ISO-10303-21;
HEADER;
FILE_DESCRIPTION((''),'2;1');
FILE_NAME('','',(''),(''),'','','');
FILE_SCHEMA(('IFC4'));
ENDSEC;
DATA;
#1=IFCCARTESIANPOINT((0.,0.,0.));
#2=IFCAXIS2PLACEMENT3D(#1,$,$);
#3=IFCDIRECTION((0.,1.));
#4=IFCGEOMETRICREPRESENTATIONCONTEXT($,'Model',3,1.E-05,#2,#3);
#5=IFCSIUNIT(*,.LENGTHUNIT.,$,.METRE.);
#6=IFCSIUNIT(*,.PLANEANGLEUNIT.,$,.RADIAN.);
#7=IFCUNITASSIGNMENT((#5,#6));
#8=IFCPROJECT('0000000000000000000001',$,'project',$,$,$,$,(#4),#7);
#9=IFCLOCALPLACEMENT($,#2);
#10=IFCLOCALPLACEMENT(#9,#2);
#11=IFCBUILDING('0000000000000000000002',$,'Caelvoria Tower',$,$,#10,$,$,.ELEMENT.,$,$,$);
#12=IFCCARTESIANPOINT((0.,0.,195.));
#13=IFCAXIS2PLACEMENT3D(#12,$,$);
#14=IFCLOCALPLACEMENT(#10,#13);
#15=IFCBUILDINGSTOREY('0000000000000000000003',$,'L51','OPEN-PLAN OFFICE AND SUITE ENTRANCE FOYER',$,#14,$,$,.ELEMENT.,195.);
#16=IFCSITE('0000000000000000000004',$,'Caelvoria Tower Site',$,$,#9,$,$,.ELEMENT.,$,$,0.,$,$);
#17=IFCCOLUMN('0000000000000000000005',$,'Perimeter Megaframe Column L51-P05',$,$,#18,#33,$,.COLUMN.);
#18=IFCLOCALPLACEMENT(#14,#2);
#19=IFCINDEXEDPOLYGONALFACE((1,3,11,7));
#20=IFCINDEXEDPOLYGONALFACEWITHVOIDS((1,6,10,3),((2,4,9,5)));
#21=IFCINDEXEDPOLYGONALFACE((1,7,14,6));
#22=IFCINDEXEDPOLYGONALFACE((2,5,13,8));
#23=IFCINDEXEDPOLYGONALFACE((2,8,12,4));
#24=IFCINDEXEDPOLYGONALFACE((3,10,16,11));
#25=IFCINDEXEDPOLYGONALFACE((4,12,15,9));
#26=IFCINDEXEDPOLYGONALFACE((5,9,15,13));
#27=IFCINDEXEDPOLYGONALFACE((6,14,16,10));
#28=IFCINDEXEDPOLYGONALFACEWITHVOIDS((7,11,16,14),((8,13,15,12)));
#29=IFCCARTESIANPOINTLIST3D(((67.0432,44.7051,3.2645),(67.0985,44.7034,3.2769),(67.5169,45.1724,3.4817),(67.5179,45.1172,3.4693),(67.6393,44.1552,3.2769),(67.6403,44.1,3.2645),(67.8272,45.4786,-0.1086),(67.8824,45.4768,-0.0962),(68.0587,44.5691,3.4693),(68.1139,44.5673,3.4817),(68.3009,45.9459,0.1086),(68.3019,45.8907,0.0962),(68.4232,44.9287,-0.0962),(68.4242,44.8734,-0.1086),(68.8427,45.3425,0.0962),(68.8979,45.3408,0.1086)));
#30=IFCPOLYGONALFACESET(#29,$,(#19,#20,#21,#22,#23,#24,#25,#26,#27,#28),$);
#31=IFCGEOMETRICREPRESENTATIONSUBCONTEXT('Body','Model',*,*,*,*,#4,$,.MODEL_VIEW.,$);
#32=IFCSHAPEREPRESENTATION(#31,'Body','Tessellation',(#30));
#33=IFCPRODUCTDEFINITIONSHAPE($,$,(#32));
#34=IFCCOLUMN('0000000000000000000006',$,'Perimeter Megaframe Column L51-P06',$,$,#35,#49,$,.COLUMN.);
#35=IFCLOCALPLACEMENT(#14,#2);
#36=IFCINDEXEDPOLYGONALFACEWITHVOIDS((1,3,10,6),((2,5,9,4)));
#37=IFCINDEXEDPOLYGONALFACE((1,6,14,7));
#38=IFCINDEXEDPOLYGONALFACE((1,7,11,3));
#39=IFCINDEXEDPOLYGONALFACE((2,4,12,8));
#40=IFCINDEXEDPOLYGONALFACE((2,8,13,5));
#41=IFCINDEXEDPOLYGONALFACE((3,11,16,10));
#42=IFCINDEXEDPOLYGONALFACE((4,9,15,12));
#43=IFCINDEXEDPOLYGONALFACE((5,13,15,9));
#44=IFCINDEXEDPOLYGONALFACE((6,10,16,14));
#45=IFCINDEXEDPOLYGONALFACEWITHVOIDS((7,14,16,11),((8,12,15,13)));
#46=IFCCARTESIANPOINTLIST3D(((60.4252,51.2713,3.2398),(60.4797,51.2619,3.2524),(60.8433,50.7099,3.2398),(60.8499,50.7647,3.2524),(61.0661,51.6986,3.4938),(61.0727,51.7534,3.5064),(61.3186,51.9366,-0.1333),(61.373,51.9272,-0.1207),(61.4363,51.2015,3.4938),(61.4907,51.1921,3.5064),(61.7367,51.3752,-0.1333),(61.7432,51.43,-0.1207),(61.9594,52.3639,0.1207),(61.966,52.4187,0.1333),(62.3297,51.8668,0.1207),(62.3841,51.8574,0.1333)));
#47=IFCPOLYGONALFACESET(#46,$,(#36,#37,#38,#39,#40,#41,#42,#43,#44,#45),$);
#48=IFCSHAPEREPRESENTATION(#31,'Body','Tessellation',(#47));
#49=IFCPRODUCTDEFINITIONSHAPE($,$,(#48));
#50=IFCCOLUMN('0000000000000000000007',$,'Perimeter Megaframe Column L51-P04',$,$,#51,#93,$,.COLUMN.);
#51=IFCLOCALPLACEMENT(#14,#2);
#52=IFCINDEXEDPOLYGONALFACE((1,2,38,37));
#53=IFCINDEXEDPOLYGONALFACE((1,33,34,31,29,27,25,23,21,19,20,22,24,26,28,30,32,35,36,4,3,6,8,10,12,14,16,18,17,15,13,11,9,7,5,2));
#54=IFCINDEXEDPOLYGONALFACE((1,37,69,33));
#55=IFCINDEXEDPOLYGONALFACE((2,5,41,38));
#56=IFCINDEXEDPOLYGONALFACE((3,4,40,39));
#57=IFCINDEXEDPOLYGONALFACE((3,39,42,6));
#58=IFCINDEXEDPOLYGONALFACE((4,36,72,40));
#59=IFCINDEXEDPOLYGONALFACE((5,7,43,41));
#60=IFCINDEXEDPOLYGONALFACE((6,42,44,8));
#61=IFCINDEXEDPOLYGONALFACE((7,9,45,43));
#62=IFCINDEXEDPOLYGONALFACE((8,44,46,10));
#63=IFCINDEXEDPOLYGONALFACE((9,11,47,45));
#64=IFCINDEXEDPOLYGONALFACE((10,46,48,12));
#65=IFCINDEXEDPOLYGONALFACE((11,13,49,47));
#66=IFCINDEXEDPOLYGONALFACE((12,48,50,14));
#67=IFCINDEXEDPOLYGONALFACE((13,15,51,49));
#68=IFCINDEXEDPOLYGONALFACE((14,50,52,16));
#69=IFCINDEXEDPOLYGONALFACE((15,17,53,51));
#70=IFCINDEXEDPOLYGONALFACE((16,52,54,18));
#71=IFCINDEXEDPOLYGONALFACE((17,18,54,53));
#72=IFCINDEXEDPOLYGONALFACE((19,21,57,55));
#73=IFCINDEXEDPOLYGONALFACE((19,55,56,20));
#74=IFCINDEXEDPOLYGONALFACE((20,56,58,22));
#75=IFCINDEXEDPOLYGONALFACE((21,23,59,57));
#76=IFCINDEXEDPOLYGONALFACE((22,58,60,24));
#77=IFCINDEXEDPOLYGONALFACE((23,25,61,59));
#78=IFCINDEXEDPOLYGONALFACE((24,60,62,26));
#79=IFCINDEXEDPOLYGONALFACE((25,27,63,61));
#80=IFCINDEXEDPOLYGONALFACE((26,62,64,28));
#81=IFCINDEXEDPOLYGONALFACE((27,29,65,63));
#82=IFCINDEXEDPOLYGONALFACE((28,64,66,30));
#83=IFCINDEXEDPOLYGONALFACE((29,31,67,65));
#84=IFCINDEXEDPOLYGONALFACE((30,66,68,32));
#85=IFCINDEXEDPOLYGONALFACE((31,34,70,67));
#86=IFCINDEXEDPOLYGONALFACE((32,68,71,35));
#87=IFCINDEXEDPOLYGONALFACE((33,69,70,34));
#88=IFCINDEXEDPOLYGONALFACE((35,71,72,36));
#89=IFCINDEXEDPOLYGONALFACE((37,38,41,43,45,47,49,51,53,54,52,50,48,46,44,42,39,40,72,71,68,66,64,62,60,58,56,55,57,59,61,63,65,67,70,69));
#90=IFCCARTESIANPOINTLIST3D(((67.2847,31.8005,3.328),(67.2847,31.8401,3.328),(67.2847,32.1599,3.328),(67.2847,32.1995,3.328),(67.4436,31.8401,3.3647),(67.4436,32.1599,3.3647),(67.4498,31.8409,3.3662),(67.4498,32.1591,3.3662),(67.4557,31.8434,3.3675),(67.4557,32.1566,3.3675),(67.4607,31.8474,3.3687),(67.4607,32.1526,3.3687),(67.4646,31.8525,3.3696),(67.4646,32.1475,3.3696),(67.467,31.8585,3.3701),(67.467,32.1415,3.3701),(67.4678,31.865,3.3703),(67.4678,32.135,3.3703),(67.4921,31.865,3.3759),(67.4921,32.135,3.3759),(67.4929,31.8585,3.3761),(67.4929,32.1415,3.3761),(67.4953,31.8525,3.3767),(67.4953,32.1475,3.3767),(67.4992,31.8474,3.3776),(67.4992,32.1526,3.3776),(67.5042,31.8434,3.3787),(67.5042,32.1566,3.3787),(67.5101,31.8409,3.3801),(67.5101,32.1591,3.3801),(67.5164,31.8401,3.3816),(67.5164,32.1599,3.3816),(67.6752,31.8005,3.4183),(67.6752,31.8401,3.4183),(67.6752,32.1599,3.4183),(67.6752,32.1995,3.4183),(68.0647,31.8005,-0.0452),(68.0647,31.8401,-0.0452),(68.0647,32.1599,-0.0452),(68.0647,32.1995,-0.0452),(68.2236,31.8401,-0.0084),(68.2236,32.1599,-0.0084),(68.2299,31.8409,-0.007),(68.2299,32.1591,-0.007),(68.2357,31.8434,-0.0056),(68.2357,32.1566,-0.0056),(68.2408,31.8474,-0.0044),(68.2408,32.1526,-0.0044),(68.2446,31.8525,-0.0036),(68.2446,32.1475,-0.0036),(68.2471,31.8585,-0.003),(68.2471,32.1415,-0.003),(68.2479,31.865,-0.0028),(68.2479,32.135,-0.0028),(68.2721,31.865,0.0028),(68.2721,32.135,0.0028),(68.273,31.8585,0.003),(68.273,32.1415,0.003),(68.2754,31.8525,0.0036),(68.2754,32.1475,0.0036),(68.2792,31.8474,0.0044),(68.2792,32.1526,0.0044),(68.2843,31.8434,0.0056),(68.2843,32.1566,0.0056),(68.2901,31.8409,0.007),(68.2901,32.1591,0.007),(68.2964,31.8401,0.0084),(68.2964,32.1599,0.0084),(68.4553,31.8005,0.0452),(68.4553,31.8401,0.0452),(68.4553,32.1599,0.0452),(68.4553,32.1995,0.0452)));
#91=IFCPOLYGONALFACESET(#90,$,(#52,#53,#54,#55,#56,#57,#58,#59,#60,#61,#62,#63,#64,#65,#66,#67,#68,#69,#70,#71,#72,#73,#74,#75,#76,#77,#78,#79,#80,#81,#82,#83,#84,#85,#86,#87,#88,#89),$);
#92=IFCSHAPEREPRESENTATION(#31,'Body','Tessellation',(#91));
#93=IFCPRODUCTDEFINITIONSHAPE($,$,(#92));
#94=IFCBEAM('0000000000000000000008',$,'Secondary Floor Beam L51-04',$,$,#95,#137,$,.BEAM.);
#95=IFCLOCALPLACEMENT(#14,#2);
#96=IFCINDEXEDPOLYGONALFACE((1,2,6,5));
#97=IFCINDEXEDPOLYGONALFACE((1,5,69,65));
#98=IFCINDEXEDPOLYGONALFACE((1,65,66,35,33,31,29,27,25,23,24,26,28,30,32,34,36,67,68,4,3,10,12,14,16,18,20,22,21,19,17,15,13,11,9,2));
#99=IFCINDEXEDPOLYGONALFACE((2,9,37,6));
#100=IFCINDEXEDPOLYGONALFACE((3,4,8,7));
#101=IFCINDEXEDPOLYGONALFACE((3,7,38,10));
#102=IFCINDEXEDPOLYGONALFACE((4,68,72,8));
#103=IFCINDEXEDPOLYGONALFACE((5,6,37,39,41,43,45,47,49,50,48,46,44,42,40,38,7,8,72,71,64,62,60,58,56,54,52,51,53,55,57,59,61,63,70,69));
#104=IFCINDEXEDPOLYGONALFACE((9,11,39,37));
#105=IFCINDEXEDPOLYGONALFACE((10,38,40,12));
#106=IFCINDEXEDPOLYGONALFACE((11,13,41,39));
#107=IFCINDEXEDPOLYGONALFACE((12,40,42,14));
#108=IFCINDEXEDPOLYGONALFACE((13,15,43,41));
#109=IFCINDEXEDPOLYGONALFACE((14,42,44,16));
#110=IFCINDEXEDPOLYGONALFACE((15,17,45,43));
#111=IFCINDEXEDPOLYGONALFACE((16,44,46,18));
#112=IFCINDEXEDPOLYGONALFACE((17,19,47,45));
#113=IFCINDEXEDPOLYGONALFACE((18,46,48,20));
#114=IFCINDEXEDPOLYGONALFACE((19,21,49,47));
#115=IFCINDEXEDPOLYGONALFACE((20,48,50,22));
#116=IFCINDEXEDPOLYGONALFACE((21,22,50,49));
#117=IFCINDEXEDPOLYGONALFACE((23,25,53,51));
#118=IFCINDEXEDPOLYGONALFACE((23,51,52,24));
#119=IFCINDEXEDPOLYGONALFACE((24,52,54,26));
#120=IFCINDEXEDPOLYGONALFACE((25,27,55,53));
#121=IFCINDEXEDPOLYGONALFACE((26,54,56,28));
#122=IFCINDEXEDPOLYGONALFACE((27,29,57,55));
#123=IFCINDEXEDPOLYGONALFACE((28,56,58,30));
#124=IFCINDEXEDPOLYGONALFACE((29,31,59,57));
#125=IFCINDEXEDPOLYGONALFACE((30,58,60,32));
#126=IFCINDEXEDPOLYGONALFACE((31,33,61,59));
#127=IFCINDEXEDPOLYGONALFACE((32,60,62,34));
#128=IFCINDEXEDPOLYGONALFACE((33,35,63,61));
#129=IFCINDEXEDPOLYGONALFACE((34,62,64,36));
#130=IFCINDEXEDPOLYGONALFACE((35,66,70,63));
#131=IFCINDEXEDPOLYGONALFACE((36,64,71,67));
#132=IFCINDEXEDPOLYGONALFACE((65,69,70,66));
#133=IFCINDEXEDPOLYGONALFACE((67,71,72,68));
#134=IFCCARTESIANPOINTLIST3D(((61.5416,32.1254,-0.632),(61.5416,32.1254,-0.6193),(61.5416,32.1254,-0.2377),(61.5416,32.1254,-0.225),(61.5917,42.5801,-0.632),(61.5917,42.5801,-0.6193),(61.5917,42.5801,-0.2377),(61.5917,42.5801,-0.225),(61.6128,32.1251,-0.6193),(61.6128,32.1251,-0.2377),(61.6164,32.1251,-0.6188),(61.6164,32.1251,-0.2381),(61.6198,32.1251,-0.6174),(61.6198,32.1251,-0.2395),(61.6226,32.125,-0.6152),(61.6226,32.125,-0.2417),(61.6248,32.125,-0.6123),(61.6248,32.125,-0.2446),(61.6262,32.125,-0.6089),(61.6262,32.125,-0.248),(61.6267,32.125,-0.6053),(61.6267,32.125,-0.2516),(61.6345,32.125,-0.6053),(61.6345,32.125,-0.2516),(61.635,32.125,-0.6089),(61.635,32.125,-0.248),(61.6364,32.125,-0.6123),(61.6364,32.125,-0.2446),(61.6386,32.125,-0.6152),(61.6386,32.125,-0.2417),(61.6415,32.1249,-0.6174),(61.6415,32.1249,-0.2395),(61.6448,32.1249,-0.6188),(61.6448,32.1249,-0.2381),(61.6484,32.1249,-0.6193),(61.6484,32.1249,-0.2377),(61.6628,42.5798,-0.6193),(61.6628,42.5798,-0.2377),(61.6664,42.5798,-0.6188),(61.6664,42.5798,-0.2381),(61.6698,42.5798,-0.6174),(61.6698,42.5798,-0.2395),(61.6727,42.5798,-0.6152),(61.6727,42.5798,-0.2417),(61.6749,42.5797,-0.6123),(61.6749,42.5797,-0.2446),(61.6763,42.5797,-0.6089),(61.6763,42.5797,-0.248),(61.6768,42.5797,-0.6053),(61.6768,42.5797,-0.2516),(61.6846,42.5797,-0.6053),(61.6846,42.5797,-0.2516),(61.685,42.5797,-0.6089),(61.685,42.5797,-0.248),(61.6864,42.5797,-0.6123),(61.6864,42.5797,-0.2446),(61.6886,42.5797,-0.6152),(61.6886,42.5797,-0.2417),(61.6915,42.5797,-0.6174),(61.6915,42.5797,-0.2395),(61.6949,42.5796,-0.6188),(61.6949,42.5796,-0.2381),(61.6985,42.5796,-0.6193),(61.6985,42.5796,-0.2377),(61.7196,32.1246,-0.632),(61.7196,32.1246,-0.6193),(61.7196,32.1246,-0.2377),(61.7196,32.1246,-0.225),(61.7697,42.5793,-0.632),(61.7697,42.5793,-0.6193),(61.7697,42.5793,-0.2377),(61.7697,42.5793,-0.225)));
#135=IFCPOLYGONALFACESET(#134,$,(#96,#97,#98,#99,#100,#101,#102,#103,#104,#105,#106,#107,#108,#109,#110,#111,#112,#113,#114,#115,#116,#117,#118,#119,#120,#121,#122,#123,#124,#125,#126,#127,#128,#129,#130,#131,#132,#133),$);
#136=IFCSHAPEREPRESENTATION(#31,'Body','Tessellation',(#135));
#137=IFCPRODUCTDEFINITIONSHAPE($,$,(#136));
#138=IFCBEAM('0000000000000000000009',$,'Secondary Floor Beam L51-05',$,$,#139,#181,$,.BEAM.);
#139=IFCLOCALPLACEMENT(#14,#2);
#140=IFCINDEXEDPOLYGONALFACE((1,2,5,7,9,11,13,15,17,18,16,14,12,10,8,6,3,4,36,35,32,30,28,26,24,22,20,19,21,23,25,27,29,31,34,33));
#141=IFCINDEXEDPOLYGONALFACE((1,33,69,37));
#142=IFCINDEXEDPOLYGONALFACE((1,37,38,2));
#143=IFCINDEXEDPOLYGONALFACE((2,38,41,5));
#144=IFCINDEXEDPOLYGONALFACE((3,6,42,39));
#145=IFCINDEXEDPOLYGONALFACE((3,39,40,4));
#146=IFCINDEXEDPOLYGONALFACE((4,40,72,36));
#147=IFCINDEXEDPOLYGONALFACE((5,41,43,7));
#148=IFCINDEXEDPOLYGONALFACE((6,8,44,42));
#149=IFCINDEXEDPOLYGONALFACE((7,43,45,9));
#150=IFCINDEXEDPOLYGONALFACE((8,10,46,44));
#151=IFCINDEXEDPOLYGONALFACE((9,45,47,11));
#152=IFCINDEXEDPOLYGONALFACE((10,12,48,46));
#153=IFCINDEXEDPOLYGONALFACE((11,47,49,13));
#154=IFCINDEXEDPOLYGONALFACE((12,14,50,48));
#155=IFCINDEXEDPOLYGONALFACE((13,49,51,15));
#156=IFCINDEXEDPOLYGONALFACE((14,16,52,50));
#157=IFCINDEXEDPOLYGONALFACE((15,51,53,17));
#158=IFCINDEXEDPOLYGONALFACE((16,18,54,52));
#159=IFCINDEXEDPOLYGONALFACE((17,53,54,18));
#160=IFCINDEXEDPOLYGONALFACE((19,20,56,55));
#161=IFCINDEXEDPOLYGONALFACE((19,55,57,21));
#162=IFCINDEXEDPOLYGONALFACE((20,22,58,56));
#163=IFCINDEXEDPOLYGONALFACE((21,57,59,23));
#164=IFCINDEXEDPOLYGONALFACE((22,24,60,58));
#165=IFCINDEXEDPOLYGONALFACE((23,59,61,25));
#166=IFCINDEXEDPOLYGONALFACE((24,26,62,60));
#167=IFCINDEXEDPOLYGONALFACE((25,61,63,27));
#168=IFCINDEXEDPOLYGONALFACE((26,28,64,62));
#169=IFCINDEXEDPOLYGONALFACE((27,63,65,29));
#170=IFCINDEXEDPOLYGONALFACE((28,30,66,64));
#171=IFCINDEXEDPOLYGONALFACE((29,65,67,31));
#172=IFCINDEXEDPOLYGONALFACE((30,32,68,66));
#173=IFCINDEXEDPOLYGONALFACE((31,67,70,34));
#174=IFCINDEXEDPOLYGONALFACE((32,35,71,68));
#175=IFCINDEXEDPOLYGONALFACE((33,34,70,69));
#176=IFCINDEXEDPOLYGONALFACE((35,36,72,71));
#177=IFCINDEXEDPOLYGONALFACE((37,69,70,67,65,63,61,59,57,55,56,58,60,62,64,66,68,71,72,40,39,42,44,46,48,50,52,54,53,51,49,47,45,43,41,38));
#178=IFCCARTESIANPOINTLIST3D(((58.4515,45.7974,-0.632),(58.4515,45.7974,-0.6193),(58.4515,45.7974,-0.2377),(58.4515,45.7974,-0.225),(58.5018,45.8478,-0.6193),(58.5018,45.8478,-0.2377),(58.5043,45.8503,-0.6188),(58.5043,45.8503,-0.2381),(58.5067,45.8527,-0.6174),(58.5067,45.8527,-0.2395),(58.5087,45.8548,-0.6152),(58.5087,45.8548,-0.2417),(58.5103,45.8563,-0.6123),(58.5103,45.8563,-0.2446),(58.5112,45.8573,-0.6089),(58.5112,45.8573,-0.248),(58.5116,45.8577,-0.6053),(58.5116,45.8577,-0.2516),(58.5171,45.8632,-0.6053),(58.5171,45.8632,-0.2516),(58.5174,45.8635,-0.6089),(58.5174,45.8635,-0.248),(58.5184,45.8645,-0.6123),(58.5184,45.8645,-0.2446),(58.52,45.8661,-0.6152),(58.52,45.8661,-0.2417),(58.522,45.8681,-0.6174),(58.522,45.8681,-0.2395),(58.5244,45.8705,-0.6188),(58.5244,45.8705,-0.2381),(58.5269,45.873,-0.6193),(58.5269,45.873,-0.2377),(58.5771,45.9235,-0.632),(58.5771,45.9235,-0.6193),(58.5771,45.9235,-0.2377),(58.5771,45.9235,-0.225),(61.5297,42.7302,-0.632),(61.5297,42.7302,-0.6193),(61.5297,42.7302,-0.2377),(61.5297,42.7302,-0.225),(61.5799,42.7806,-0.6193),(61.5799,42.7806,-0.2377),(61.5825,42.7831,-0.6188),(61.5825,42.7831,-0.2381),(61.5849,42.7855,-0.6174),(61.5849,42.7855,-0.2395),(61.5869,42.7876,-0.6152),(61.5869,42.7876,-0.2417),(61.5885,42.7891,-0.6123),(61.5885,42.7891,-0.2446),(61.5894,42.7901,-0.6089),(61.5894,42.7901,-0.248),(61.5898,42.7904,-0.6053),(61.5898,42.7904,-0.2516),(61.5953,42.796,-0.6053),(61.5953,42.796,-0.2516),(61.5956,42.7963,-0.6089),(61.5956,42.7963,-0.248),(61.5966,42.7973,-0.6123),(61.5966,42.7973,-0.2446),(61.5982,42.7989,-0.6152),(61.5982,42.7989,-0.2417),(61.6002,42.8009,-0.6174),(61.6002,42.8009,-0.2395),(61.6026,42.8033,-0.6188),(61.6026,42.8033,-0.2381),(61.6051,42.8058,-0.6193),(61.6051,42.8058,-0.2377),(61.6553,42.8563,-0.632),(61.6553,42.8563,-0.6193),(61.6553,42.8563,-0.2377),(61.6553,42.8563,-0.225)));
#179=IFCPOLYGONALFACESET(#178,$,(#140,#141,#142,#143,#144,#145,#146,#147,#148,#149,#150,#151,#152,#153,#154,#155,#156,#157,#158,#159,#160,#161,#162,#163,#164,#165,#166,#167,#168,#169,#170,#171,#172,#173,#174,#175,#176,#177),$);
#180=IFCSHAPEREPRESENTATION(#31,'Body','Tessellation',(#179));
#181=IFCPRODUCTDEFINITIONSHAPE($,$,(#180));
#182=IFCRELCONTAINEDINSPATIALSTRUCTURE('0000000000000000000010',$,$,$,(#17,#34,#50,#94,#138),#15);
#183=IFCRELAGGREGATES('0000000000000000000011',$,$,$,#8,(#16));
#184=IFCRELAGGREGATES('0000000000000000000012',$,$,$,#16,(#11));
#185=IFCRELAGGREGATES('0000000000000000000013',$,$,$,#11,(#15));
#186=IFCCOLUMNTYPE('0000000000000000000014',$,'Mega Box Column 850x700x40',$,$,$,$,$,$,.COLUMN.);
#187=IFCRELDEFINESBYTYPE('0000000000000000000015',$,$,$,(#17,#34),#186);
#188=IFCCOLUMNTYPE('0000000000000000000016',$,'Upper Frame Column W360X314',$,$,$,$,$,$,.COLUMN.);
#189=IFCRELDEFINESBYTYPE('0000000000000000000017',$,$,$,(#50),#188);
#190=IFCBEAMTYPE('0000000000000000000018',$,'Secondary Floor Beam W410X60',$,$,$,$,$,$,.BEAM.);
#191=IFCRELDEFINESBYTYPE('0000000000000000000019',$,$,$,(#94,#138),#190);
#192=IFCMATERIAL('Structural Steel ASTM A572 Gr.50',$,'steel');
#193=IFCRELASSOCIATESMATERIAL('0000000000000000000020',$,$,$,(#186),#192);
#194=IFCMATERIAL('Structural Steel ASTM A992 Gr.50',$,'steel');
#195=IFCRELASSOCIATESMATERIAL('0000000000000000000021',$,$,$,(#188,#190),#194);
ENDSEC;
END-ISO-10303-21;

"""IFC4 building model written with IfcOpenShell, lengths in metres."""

from ifc_helpers import new_model, si_unit, direction, frame, origin, origin_2d, place, context, subcontext, project, spatial, hollow_rectangle, i_section, extrude, material, material_profile, profile_set, type_object, element, save


model = new_model("IFC4")

# Units and contexts
model_context = context("Model", 3, precision=1e-05, world=origin(), true_north=direction((0.0, 1.0)))
body_context = subcontext(model_context, "Body", "Model", "MODEL_VIEW")
ifc_project = project(units=[si_unit("LENGTHUNIT", "METRE"), si_unit("PLANEANGLEUNIT", "RADIAN")], contexts=[model_context])

# Site, building, storey
site_placement = place(None, origin())
site = spatial("IfcSite", under=ifc_project, at=site_placement, Name="Caelvoria Tower Site", CompositionType="ELEMENT", RefElevation=0.0)
building_placement = place(site_placement, origin())
building = spatial("IfcBuilding", under=site, at=building_placement, Name="Caelvoria Tower", CompositionType="ELEMENT")
storey_placement = place(building_placement, frame((0.0, 0.0, 195.0)))
storey = spatial("IfcBuildingStorey", under=building, at=storey_placement, Name="L51", Description="OPEN-PLAN OFFICE AND SUITE ENTRANCE FOYER", CompositionType="ELEMENT", Elevation=195.0)

# Columns
ifc_material_1 = material(Name="Structural Steel ASTM A572 Gr.50", Category="steel")
ifc_material_profile_1 = material_profile(ifc_material_1, hollow_rectangle(XDim=0.7, YDim=0.8501, WallThickness=0.04, at=origin_2d()), Name="Structural Steel ASTM A572 Gr.50")
ifc_profile_set_1 = profile_set([ifc_material_profile_1], Name="BOX850X700X40 - Structural Steel ASTM A572 Gr.50")
column_type_1 = type_object("IfcColumnType", Name="Mega Box Column 850x700x40", PredefinedType="COLUMN", material=ifc_profile_set_1)
column_1_placement = place(storey_placement, frame((68.3625, 45.4097, 0.0), z_axis=(-0.220935, -0.217976, 0.950618), x_axis=(0.676704, 0.667642, 0.310364)))
element("IfcColumn", 1, at=column_1_placement, inside=storey, type_object=column_type_1, Name="Perimeter Megaframe Column L51-P05", PredefinedType="COLUMN", context=body_context, shape_type="SweptSolid", body=[
    extrude(hollow_rectangle(XDim=0.7, YDim=0.8501, WallThickness=0.04, at=origin_2d()), origin(), (0.0, 0.0, 1.0), 3.5483),
])
column_2_placement = place(storey_placement, frame((61.8513, 51.897, 0.0), z_axis=(-0.251482, -0.187288, 0.949568), x_axis=(0.597296, -0.802021, 0.0)))
element("IfcColumn", 2, at=column_2_placement, inside=storey, type_object=column_type_1, Name="Perimeter Megaframe Column L51-P06", PredefinedType="COLUMN", context=body_context, shape_type="SweptSolid", body=[
    extrude(hollow_rectangle(XDim=0.7, YDim=0.8501, WallThickness=0.04, at=origin_2d()), origin(), (0.0, 0.0, 1.0), 3.5522),
])
ifc_material_2 = material(Name="Structural Steel ASTM A992 Gr.50", Category="steel")
ifc_material_profile_2 = material_profile(ifc_material_2, i_section(OverallWidth=0.4009, OverallDepth=0.3989, WebThickness=0.0249, FlangeThickness=0.0396, FilletRadius=0.0249, at=origin_2d()), Name="Structural Steel ASTM A992 Gr.50")
ifc_profile_set_2 = profile_set([ifc_material_profile_2], Name="W360X314 - Structural Steel ASTM A992 Gr.50")
column_type_2 = type_object("IfcColumnType", Name="Upper Frame Column W360X314", PredefinedType="COLUMN", material=ifc_profile_set_2)
column_3_placement = place(storey_placement, frame((68.26, 32.0, 0.0), z_axis=(-0.225308, 0.0, 0.974288), x_axis=(0.974288, 0.0, 0.225308)))
element("IfcColumn", 3, at=column_3_placement, inside=storey, type_object=column_type_2, Name="Perimeter Megaframe Column L51-P04", PredefinedType="COLUMN", context=body_context, shape_type="SweptSolid", body=[
    extrude(i_section(OverallWidth=0.4009, OverallDepth=0.3989, WebThickness=0.0249, FlangeThickness=0.0396, FilletRadius=0.0249, at=origin_2d()), origin(), (0.0, 0.0, 1.0), 3.4622),
])

# Beams
ifc_material_profile_3 = material_profile(ifc_material_2, i_section(OverallWidth=0.178, OverallDepth=0.407, WebThickness=0.0078, FlangeThickness=0.0127, FilletRadius=0.0139, at=origin_2d()), Name="Structural Steel ASTM A992 Gr.50")
ifc_profile_set_3 = profile_set([ifc_material_profile_3], Name="W410X60 - Structural Steel ASTM A992 Gr.50")
beam_type_1 = type_object("IfcBeamType", Name="Secondary Floor Beam W410X60", PredefinedType="BEAM", material=ifc_profile_set_3)
beam_1_placement = place(storey_placement, frame((61.6306, 32.125, -0.4285), z_axis=(0.004787, 0.999989, 0.0), x_axis=(-0.999989, 0.004787, 0.0)))
element("IfcBeam", 4, at=beam_1_placement, inside=storey, type_object=beam_type_1, Name="Secondary Floor Beam L51-04", PredefinedType="BEAM", context=body_context, shape_type="SweptSolid", body=[
    extrude(i_section(OverallWidth=0.178, OverallDepth=0.407, WebThickness=0.0078, FlangeThickness=0.0127, FilletRadius=0.0139, at=origin_2d()), origin(), (0.0, 0.0, 1.0), 10.4548),
])
beam_2_placement = place(storey_placement, frame((61.5925, 42.7932, -0.4285), z_axis=(-0.70837, 0.705842, 0.0), x_axis=(-0.705842, -0.70837, 0.0)))
element("IfcBeam", 5, at=beam_2_placement, inside=storey, type_object=beam_type_1, Name="Secondary Floor Beam L51-05", PredefinedType="BEAM", context=body_context, shape_type="SweptSolid", body=[
    extrude(i_section(OverallWidth=0.178, OverallDepth=0.407, WebThickness=0.0078, FlangeThickness=0.0127, FilletRadius=0.0139, at=origin_2d()), origin(), (0.0, 0.0, 1.0), 4.3455),
])

save(model, "model.ifc")
